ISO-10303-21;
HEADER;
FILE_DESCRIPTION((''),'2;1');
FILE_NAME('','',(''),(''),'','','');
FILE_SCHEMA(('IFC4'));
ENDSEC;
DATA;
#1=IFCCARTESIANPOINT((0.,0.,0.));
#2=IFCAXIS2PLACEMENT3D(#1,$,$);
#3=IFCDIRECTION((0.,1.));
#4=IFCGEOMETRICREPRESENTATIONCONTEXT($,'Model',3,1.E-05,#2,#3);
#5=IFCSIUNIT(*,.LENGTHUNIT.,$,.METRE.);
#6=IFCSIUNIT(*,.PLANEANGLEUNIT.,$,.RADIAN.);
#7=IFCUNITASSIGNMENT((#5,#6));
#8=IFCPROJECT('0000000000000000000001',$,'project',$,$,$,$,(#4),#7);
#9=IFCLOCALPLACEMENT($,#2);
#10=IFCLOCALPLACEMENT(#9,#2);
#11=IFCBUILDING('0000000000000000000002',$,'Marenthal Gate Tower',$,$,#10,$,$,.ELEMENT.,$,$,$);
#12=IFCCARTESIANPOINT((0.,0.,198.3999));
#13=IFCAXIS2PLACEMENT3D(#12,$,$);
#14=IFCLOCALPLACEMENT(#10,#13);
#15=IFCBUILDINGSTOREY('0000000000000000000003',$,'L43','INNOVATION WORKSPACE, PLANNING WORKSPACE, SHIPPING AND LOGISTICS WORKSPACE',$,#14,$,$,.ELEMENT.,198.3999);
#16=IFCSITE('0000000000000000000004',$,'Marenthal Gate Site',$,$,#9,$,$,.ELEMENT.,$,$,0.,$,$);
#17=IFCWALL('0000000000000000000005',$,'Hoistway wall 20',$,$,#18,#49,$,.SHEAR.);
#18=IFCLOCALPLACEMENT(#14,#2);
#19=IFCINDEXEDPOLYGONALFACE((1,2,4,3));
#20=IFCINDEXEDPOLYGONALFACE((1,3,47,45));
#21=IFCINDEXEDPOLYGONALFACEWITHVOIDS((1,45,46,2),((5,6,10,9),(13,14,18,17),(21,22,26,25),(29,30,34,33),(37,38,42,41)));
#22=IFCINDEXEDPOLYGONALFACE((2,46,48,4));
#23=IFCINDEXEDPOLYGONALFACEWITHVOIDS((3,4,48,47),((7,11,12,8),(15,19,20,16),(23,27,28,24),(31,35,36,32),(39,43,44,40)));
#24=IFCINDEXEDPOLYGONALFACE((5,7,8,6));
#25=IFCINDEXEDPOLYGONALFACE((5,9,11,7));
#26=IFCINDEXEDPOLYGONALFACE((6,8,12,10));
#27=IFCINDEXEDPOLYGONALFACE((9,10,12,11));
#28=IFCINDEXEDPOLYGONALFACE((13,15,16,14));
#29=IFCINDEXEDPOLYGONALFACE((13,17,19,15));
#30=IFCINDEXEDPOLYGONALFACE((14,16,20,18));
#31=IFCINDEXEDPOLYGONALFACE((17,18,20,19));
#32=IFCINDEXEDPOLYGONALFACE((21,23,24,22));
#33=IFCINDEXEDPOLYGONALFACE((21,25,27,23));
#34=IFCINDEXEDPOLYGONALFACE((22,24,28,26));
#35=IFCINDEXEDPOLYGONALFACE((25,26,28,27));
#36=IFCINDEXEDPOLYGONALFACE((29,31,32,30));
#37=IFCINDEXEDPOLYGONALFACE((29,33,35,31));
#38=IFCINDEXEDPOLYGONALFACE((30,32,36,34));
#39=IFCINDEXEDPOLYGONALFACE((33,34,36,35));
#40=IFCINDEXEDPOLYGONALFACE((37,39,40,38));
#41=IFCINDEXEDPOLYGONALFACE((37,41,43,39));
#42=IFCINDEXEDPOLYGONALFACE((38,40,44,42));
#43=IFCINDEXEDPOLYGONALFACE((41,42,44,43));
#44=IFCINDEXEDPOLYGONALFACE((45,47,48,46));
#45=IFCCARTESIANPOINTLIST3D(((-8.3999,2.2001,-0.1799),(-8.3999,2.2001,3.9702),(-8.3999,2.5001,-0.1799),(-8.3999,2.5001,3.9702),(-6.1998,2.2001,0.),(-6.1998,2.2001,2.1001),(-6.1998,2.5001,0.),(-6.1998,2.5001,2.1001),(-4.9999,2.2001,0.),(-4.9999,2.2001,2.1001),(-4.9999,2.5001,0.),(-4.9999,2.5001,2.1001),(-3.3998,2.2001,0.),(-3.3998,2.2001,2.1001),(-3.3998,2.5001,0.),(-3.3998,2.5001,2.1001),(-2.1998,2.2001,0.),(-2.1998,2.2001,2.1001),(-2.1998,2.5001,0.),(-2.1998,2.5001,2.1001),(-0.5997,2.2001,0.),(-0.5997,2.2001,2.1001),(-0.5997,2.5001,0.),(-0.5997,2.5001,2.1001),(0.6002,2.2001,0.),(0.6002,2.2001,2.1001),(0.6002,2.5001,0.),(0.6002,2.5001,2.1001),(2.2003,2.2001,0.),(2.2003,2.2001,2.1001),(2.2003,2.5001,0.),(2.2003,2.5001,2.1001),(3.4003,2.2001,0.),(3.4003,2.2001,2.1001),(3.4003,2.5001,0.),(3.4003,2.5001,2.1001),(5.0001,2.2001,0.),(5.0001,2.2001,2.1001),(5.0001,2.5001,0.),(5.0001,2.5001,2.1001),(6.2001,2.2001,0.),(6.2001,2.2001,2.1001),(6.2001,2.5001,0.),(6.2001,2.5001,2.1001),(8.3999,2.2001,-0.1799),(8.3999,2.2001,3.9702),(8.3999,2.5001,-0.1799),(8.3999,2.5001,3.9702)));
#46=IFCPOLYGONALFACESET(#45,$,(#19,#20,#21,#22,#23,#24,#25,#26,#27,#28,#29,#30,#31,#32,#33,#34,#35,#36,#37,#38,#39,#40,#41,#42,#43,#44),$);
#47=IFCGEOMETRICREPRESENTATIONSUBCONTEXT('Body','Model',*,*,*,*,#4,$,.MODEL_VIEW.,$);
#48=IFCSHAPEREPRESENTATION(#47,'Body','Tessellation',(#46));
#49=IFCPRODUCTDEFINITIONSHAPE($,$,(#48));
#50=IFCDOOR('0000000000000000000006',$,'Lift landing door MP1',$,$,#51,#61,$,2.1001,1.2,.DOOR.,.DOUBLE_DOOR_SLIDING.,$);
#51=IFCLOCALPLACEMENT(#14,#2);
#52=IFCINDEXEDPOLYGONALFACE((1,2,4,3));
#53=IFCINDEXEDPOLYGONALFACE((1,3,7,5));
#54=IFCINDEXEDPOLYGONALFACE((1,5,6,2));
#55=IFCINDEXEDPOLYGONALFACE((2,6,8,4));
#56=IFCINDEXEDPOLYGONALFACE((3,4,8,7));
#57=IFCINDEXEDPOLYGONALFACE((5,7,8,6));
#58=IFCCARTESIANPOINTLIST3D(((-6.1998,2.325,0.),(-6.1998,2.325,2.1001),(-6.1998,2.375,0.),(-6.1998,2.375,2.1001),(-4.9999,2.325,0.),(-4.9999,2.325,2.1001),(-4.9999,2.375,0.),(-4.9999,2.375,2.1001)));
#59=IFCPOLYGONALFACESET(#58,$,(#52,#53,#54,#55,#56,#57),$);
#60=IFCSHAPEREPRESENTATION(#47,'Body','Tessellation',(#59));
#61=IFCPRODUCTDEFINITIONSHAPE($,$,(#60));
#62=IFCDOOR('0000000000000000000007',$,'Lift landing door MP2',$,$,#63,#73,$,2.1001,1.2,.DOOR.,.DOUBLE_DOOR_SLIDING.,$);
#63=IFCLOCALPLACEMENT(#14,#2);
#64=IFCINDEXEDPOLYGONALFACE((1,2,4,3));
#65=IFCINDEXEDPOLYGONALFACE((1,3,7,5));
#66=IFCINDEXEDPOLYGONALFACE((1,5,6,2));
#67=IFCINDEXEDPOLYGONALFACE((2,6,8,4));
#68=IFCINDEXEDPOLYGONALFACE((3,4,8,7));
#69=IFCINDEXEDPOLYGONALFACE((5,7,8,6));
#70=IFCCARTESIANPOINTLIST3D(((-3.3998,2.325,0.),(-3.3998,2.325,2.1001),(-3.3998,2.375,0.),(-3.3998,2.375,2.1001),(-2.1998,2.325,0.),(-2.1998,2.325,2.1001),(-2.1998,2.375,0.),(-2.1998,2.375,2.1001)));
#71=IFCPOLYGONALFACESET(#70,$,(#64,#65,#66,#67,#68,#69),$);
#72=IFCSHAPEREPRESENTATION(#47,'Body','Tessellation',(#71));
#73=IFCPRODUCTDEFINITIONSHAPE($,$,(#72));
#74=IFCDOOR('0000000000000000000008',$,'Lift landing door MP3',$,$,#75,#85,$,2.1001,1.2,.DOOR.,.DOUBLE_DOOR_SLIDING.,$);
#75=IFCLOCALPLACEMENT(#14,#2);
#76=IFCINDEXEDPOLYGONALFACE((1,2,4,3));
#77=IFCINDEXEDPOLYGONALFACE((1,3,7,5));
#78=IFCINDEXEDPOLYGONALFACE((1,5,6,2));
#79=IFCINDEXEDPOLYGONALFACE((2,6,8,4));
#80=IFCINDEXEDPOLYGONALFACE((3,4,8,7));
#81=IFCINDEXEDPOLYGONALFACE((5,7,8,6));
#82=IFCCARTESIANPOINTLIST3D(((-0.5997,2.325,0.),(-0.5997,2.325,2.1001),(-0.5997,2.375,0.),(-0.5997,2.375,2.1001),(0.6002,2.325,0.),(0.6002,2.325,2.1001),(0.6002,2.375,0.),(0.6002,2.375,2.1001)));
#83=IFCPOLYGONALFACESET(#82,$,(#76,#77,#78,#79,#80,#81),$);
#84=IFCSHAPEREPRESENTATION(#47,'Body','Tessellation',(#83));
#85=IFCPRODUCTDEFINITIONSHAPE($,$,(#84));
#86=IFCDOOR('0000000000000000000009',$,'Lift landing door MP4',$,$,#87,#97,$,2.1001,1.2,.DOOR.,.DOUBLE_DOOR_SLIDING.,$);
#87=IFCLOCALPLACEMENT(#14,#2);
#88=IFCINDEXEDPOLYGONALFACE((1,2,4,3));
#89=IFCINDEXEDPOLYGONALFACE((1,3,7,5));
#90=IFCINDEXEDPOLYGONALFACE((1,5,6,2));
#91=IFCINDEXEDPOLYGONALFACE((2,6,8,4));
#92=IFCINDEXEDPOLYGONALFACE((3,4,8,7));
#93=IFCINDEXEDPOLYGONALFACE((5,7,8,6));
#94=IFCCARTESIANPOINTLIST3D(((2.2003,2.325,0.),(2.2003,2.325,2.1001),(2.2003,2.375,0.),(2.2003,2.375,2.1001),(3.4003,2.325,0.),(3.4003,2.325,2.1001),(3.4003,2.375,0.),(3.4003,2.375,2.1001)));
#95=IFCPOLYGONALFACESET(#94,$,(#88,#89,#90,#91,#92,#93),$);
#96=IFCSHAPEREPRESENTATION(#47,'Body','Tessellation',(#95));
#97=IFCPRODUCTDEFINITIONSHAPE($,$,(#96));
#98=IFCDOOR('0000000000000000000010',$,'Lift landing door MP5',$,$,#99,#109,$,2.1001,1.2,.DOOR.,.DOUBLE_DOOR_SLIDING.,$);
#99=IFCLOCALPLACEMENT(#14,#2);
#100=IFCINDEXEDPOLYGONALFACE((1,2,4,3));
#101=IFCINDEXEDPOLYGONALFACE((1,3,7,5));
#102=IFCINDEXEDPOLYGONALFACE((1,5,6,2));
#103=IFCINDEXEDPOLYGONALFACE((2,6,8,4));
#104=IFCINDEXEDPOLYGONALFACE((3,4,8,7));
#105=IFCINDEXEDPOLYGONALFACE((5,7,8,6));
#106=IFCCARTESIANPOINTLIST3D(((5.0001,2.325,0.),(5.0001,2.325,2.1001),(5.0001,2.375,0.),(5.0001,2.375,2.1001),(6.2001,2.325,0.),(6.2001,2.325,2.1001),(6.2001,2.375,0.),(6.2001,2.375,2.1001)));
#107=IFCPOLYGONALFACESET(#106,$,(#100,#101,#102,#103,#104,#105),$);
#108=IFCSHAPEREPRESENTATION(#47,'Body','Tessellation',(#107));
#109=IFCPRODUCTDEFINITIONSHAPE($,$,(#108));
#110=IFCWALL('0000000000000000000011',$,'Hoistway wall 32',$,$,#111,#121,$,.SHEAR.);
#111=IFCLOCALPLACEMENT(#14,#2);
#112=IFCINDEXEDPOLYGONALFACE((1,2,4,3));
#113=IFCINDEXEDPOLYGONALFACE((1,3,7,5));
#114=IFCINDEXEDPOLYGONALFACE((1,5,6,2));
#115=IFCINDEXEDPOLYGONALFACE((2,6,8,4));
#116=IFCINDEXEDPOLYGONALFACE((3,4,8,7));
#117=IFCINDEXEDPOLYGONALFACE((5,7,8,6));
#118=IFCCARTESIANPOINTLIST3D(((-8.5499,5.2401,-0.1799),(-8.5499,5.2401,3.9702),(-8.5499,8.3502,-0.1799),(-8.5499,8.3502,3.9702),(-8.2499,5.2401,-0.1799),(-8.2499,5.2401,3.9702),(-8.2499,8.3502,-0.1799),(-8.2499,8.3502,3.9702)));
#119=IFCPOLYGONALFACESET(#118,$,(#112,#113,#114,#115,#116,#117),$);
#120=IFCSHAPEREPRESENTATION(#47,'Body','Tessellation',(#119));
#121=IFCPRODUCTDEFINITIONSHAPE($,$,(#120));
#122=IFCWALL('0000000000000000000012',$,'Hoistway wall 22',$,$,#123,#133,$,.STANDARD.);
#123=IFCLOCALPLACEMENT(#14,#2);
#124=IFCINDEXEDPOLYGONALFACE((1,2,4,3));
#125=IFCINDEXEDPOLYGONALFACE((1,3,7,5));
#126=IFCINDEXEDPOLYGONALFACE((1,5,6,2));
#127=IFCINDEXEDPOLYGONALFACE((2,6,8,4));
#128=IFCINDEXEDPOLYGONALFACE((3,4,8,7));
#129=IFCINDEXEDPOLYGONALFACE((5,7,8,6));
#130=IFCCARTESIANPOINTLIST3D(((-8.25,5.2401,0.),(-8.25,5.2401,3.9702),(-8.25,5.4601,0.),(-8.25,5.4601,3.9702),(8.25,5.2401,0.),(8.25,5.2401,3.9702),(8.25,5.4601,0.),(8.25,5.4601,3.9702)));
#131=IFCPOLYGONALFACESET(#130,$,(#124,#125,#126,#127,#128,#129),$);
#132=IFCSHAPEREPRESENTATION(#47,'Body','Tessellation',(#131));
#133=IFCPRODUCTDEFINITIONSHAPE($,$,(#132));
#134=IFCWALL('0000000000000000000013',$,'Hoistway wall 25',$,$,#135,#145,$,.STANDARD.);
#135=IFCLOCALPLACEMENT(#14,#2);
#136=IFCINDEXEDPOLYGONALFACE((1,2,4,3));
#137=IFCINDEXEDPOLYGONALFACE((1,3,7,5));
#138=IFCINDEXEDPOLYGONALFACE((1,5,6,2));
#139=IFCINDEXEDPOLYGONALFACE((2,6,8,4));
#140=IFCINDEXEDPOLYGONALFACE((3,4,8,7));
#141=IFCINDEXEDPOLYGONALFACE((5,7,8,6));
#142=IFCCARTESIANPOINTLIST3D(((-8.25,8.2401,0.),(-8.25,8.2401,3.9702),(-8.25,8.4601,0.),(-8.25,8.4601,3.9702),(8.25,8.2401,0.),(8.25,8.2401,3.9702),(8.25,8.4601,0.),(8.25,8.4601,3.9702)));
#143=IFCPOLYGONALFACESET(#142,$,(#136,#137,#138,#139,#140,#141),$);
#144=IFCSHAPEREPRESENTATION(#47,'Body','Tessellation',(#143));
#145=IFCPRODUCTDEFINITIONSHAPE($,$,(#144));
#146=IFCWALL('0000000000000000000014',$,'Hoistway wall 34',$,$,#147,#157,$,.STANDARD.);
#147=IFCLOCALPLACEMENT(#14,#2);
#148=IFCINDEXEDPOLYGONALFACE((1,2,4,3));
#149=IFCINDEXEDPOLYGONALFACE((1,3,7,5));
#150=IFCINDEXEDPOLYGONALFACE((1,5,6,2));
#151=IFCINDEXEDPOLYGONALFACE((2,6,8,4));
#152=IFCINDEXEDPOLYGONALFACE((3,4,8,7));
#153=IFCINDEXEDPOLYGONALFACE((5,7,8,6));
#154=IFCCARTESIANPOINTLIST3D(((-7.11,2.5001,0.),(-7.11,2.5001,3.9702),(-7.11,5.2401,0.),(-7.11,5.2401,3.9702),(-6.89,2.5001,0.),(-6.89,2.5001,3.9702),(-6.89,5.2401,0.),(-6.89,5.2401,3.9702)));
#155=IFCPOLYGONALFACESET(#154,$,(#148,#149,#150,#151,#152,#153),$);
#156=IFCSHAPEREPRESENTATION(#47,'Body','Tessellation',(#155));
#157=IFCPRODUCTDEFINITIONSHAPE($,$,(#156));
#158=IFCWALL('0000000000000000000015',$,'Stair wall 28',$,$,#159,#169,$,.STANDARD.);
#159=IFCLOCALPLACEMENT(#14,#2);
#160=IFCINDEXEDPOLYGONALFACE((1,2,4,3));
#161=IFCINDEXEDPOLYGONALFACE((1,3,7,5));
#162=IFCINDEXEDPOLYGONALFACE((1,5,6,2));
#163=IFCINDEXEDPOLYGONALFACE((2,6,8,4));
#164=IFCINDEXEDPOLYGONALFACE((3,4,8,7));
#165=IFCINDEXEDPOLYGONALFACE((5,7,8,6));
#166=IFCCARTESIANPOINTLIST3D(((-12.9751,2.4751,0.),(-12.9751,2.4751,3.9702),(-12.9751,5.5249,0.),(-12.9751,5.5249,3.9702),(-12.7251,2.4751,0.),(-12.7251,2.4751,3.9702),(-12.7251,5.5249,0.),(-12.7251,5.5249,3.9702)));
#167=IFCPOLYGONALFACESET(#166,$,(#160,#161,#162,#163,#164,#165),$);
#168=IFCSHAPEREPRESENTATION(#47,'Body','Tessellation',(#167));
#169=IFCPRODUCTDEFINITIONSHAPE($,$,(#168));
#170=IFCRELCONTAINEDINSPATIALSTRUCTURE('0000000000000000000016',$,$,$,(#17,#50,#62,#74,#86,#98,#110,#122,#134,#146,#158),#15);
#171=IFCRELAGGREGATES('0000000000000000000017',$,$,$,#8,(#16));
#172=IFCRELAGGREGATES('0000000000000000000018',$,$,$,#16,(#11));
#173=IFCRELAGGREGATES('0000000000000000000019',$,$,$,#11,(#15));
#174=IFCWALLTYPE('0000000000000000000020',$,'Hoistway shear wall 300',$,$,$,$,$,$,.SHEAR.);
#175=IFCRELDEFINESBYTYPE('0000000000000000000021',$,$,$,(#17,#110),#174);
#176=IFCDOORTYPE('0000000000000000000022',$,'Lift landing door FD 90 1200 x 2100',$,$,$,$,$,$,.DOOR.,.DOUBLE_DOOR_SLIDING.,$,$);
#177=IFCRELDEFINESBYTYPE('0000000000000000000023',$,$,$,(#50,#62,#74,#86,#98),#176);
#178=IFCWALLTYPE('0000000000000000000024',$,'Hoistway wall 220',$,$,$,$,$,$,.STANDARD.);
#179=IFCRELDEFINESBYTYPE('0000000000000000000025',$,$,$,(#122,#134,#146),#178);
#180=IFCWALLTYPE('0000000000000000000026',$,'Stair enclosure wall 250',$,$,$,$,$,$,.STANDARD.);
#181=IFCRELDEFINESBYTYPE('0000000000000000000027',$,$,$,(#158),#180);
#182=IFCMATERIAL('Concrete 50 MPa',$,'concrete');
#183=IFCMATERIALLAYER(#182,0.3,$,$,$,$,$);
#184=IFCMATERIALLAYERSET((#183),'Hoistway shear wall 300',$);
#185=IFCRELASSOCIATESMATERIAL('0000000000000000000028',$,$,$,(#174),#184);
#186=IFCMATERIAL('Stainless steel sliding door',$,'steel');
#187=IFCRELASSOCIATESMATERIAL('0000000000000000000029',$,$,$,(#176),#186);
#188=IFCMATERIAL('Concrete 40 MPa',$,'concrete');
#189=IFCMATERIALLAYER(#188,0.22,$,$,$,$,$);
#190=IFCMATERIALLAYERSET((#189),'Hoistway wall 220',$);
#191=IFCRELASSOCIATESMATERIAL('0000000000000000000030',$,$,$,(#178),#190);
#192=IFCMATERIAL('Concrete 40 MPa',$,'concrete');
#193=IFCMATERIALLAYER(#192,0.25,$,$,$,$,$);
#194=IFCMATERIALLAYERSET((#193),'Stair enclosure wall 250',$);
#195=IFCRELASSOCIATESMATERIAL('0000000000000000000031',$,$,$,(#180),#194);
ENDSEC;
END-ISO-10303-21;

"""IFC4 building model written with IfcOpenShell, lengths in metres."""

from ifc_helpers import new_model, si_unit, direction, frame, frame_2d, origin, place, context, subcontext, project, spatial, rectangle, extrude, material, layer, layer_set, type_object, element, fill, save


model = new_model("IFC4")

# Units and contexts
model_context = context("Model", 3, precision=1e-05, world=origin(), true_north=direction((0.0, 1.0)))
body_context = subcontext(model_context, "Body", "Model", "MODEL_VIEW")
ifc_project = project(units=[si_unit("LENGTHUNIT", "METRE"), si_unit("PLANEANGLEUNIT", "RADIAN")], contexts=[model_context])

# Site, building, storey
site_placement = place(None, origin())
site = spatial("IfcSite", under=ifc_project, at=site_placement, Name="Marenthal Gate Site", CompositionType="ELEMENT", RefElevation=0.0)
building_placement = place(site_placement, origin())
building = spatial("IfcBuilding", under=site, at=building_placement, Name="Marenthal Gate Tower", CompositionType="ELEMENT")
storey_placement = place(building_placement, frame((0.0, 0.0, 198.3999)))
storey = spatial("IfcBuildingStorey", under=building, at=storey_placement, Name="L43", Description="INNOVATION WORKSPACE, PLANNING WORKSPACE, SHIPPING AND LOGISTICS WORKSPACE", CompositionType="ELEMENT", Elevation=198.3999)

# Wall, openings, doors
ifc_material_1 = material(Name="Concrete 50 MPa", Category="concrete")
ifc_layer_1 = layer(ifc_material_1, 0.3)
ifc_layer_set_1 = layer_set([ifc_layer_1], Name="Hoistway shear wall 300")
wall_type_1 = type_object("IfcWallType", Name="Hoistway shear wall 300", PredefinedType="SHEAR", material=ifc_layer_set_1)
wall_1_placement = place(storey_placement, frame((-8.3999, 2.3501, -0.1799), z_axis=(0.0, 0.0, 1.0), x_axis=(1.0, 0.0, 0.0)))
wall_1 = element("IfcWall", 1, at=wall_1_placement, inside=storey, type_object=wall_type_1, Name="Hoistway wall 20", PredefinedType="SHEAR", context=body_context, shape_type="SweptSolid", body=[
    extrude(rectangle(XDim=16.7998, YDim=0.3, at=frame_2d((8.3999, 0.0))), origin(), (0.0, 0.0, 1.0), 4.1501),
])
opening_1_placement = place(wall_1_placement, frame((2.2, 0.0, 0.1799)))
opening_1 = element("IfcOpeningElement", 2, at=opening_1_placement, cuts=wall_1, PredefinedType="OPENING", context=body_context, shape_type="SweptSolid", body=[
    extrude(rectangle(XDim=1.2, YDim=2.1001, at=frame_2d((0.6001, 1.05))), frame((0.0, 0.1602, 0.0), z_axis=(0.0, -1.0, 0.0), x_axis=(1.0, 0.0, 0.0)), (0.0, 0.0, 1.0), 0.3201),
])
opening_2_placement = place(wall_1_placement, frame((5.0, 0.0, 0.1799)))
opening_2 = element("IfcOpeningElement", 3, at=opening_2_placement, cuts=wall_1, PredefinedType="OPENING", context=body_context, shape_type="SweptSolid", body=[
    extrude(rectangle(XDim=1.2, YDim=2.1001, at=frame_2d((0.6001, 1.05))), frame((0.0, 0.1602, 0.0), z_axis=(0.0, -1.0, 0.0), x_axis=(1.0, 0.0, 0.0)), (0.0, 0.0, 1.0), 0.3201),
])
opening_3_placement = place(wall_1_placement, frame((7.8, 0.0, 0.1799)))
opening_3 = element("IfcOpeningElement", 4, at=opening_3_placement, cuts=wall_1, PredefinedType="OPENING", context=body_context, shape_type="SweptSolid", body=[
    extrude(rectangle(XDim=1.2, YDim=2.1001, at=frame_2d((0.6001, 1.05))), frame((0.0, 0.1602, 0.0), z_axis=(0.0, -1.0, 0.0), x_axis=(1.0, 0.0, 0.0)), (0.0, 0.0, 1.0), 0.3201),
])
opening_4_placement = place(wall_1_placement, frame((10.6001, 0.0, 0.1799)))
opening_4 = element("IfcOpeningElement", 5, at=opening_4_placement, cuts=wall_1, PredefinedType="OPENING", context=body_context, shape_type="SweptSolid", body=[
    extrude(rectangle(XDim=1.2, YDim=2.1001, at=frame_2d((0.6001, 1.05))), frame((0.0, 0.1602, 0.0), z_axis=(0.0, -1.0, 0.0), x_axis=(1.0, 0.0, 0.0)), (0.0, 0.0, 1.0), 0.3201),
])
opening_5_placement = place(wall_1_placement, frame((13.3999, 0.0, 0.1799)))
opening_5 = element("IfcOpeningElement", 6, at=opening_5_placement, cuts=wall_1, PredefinedType="OPENING", context=body_context, shape_type="SweptSolid", body=[
    extrude(rectangle(XDim=1.2, YDim=2.1001, at=frame_2d((0.6001, 1.05))), frame((0.0, 0.1602, 0.0), z_axis=(0.0, -1.0, 0.0), x_axis=(1.0, 0.0, 0.0)), (0.0, 0.0, 1.0), 0.3201),
])
ifc_material_2 = material(Name="Stainless steel sliding door", Category="steel")
door_type = type_object("IfcDoorType", Name="Lift landing door FD 90 1200 x 2100", OperationType="DOUBLE_DOOR_SLIDING", PredefinedType="DOOR", material=ifc_material_2)
door_1_placement = place(opening_1_placement, origin())
door_1 = element("IfcDoor", 7, at=door_1_placement, inside=storey, type_object=door_type, Name="Lift landing door MP1", OperationType="DOUBLE_DOOR_SLIDING", OverallHeight=2.1001, OverallWidth=1.2, PredefinedType="DOOR", context=body_context, shape_type="SweptSolid", body=[
    extrude(rectangle(XDim=1.2, YDim=2.1001, at=frame_2d((0.6001, 1.05))), frame((0.0, 0.0249, 0.0), z_axis=(0.0, -1.0, 0.0), x_axis=(1.0, 0.0, 0.0)), (0.0, 0.0, 1.0), 0.05),
])
fill(opening_1, door_1)
door_2_placement = place(opening_2_placement, origin())
door_2 = element("IfcDoor", 8, at=door_2_placement, inside=storey, type_object=door_type, Name="Lift landing door MP2", OperationType="DOUBLE_DOOR_SLIDING", OverallHeight=2.1001, OverallWidth=1.2, PredefinedType="DOOR", context=body_context, shape_type="SweptSolid", body=[
    extrude(rectangle(XDim=1.2, YDim=2.1001, at=frame_2d((0.6001, 1.05))), frame((0.0, 0.0249, 0.0), z_axis=(0.0, -1.0, 0.0), x_axis=(1.0, 0.0, 0.0)), (0.0, 0.0, 1.0), 0.05),
])
fill(opening_2, door_2)
door_3_placement = place(opening_3_placement, origin())
door_3 = element("IfcDoor", 9, at=door_3_placement, inside=storey, type_object=door_type, Name="Lift landing door MP3", OperationType="DOUBLE_DOOR_SLIDING", OverallHeight=2.1001, OverallWidth=1.2, PredefinedType="DOOR", context=body_context, shape_type="SweptSolid", body=[
    extrude(rectangle(XDim=1.2, YDim=2.1001, at=frame_2d((0.6001, 1.05))), frame((0.0, 0.0249, 0.0), z_axis=(0.0, -1.0, 0.0), x_axis=(1.0, 0.0, 0.0)), (0.0, 0.0, 1.0), 0.05),
])
fill(opening_3, door_3)
door_4_placement = place(opening_4_placement, origin())
door_4 = element("IfcDoor", 10, at=door_4_placement, inside=storey, type_object=door_type, Name="Lift landing door MP4", OperationType="DOUBLE_DOOR_SLIDING", OverallHeight=2.1001, OverallWidth=1.2, PredefinedType="DOOR", context=body_context, shape_type="SweptSolid", body=[
    extrude(rectangle(XDim=1.2, YDim=2.1001, at=frame_2d((0.6001, 1.05))), frame((0.0, 0.0249, 0.0), z_axis=(0.0, -1.0, 0.0), x_axis=(1.0, 0.0, 0.0)), (0.0, 0.0, 1.0), 0.05),
])
fill(opening_4, door_4)
door_5_placement = place(opening_5_placement, origin())
door_5 = element("IfcDoor", 11, at=door_5_placement, inside=storey, type_object=door_type, Name="Lift landing door MP5", OperationType="DOUBLE_DOOR_SLIDING", OverallHeight=2.1001, OverallWidth=1.2, PredefinedType="DOOR", context=body_context, shape_type="SweptSolid", body=[
    extrude(rectangle(XDim=1.2, YDim=2.1001, at=frame_2d((0.6001, 1.05))), frame((0.0, 0.0249, 0.0), z_axis=(0.0, -1.0, 0.0), x_axis=(1.0, 0.0, 0.0)), (0.0, 0.0, 1.0), 0.05),
])
fill(opening_5, door_5)

# Walls
wall_2_placement = place(storey_placement, frame((-8.3999, 5.24, -0.1799), z_axis=(0.0, 0.0, 1.0), x_axis=(0.0, 1.0, 0.0)))
element("IfcWall", 12, at=wall_2_placement, inside=storey, type_object=wall_type_1, Name="Hoistway wall 32", PredefinedType="SHEAR", context=body_context, shape_type="SweptSolid", body=[
    extrude(rectangle(XDim=3.1101, YDim=0.3, at=frame_2d((1.5552, 0.0))), origin(), (0.0, 0.0, 1.0), 4.1501),
])
ifc_material_3 = material(Name="Concrete 40 MPa", Category="concrete")
ifc_layer_2 = layer(ifc_material_3, 0.22)
ifc_layer_set_2 = layer_set([ifc_layer_2], Name="Hoistway wall 220")
wall_type_2 = type_object("IfcWallType", Name="Hoistway wall 220", PredefinedType="STANDARD", material=ifc_layer_set_2)
for number, where, z_axis, x_axis, name in (
    (13, (-8.25, 5.3501, 0.0), (0.0, 0.0, 1.0), (1.0, 0.0, 0.0), "Hoistway wall 22"),
    (14, (-8.25, 8.3501, 0.0), (0.0, 0.0, 1.0), (1.0, 0.0, 0.0), "Hoistway wall 25"),
):
    element("IfcWall", number, at=place(storey_placement, frame(where, z_axis=z_axis, x_axis=x_axis)), inside=storey, type_object=wall_type_2, Name=name, PredefinedType="STANDARD", context=body_context, shape_type="SweptSolid", body=[
        extrude(rectangle(XDim=16.5, YDim=0.22, at=frame_2d((8.25, 0.0))), origin(), (0.0, 0.0, 1.0), 3.9702),
    ])
wall_3_placement = place(storey_placement, frame((-7.0, 2.5, 0.0), z_axis=(0.0, 0.0, 1.0), x_axis=(0.0, 1.0, 0.0)))
element("IfcWall", 15, at=wall_3_placement, inside=storey, type_object=wall_type_2, Name="Hoistway wall 34", PredefinedType="STANDARD", context=body_context, shape_type="SweptSolid", body=[
    extrude(rectangle(XDim=2.74, YDim=0.22, at=frame_2d((1.3701, 0.0))), origin(), (0.0, 0.0, 1.0), 3.9702),
])
ifc_material_4 = material(Name="Concrete 40 MPa", Category="concrete")
ifc_layer_3 = layer(ifc_material_4, 0.25)
ifc_layer_set_3 = layer_set([ifc_layer_3], Name="Stair enclosure wall 250")
wall_type_3 = type_object("IfcWallType", Name="Stair enclosure wall 250", PredefinedType="STANDARD", material=ifc_layer_set_3)
wall_4_placement = place(storey_placement, frame((-12.8501, 2.4751, 0.0), z_axis=(0.0, 0.0, 1.0), x_axis=(0.0, 1.0, 0.0)))
element("IfcWall", 16, at=wall_4_placement, inside=storey, type_object=wall_type_3, Name="Stair wall 28", PredefinedType="STANDARD", context=body_context, shape_type="SweptSolid", body=[
    extrude(rectangle(XDim=3.0498, YDim=0.25, at=frame_2d((1.5249, 0.0))), origin(), (0.0, 0.0, 1.0), 3.9702),
])

save(model, "model.ifc")
